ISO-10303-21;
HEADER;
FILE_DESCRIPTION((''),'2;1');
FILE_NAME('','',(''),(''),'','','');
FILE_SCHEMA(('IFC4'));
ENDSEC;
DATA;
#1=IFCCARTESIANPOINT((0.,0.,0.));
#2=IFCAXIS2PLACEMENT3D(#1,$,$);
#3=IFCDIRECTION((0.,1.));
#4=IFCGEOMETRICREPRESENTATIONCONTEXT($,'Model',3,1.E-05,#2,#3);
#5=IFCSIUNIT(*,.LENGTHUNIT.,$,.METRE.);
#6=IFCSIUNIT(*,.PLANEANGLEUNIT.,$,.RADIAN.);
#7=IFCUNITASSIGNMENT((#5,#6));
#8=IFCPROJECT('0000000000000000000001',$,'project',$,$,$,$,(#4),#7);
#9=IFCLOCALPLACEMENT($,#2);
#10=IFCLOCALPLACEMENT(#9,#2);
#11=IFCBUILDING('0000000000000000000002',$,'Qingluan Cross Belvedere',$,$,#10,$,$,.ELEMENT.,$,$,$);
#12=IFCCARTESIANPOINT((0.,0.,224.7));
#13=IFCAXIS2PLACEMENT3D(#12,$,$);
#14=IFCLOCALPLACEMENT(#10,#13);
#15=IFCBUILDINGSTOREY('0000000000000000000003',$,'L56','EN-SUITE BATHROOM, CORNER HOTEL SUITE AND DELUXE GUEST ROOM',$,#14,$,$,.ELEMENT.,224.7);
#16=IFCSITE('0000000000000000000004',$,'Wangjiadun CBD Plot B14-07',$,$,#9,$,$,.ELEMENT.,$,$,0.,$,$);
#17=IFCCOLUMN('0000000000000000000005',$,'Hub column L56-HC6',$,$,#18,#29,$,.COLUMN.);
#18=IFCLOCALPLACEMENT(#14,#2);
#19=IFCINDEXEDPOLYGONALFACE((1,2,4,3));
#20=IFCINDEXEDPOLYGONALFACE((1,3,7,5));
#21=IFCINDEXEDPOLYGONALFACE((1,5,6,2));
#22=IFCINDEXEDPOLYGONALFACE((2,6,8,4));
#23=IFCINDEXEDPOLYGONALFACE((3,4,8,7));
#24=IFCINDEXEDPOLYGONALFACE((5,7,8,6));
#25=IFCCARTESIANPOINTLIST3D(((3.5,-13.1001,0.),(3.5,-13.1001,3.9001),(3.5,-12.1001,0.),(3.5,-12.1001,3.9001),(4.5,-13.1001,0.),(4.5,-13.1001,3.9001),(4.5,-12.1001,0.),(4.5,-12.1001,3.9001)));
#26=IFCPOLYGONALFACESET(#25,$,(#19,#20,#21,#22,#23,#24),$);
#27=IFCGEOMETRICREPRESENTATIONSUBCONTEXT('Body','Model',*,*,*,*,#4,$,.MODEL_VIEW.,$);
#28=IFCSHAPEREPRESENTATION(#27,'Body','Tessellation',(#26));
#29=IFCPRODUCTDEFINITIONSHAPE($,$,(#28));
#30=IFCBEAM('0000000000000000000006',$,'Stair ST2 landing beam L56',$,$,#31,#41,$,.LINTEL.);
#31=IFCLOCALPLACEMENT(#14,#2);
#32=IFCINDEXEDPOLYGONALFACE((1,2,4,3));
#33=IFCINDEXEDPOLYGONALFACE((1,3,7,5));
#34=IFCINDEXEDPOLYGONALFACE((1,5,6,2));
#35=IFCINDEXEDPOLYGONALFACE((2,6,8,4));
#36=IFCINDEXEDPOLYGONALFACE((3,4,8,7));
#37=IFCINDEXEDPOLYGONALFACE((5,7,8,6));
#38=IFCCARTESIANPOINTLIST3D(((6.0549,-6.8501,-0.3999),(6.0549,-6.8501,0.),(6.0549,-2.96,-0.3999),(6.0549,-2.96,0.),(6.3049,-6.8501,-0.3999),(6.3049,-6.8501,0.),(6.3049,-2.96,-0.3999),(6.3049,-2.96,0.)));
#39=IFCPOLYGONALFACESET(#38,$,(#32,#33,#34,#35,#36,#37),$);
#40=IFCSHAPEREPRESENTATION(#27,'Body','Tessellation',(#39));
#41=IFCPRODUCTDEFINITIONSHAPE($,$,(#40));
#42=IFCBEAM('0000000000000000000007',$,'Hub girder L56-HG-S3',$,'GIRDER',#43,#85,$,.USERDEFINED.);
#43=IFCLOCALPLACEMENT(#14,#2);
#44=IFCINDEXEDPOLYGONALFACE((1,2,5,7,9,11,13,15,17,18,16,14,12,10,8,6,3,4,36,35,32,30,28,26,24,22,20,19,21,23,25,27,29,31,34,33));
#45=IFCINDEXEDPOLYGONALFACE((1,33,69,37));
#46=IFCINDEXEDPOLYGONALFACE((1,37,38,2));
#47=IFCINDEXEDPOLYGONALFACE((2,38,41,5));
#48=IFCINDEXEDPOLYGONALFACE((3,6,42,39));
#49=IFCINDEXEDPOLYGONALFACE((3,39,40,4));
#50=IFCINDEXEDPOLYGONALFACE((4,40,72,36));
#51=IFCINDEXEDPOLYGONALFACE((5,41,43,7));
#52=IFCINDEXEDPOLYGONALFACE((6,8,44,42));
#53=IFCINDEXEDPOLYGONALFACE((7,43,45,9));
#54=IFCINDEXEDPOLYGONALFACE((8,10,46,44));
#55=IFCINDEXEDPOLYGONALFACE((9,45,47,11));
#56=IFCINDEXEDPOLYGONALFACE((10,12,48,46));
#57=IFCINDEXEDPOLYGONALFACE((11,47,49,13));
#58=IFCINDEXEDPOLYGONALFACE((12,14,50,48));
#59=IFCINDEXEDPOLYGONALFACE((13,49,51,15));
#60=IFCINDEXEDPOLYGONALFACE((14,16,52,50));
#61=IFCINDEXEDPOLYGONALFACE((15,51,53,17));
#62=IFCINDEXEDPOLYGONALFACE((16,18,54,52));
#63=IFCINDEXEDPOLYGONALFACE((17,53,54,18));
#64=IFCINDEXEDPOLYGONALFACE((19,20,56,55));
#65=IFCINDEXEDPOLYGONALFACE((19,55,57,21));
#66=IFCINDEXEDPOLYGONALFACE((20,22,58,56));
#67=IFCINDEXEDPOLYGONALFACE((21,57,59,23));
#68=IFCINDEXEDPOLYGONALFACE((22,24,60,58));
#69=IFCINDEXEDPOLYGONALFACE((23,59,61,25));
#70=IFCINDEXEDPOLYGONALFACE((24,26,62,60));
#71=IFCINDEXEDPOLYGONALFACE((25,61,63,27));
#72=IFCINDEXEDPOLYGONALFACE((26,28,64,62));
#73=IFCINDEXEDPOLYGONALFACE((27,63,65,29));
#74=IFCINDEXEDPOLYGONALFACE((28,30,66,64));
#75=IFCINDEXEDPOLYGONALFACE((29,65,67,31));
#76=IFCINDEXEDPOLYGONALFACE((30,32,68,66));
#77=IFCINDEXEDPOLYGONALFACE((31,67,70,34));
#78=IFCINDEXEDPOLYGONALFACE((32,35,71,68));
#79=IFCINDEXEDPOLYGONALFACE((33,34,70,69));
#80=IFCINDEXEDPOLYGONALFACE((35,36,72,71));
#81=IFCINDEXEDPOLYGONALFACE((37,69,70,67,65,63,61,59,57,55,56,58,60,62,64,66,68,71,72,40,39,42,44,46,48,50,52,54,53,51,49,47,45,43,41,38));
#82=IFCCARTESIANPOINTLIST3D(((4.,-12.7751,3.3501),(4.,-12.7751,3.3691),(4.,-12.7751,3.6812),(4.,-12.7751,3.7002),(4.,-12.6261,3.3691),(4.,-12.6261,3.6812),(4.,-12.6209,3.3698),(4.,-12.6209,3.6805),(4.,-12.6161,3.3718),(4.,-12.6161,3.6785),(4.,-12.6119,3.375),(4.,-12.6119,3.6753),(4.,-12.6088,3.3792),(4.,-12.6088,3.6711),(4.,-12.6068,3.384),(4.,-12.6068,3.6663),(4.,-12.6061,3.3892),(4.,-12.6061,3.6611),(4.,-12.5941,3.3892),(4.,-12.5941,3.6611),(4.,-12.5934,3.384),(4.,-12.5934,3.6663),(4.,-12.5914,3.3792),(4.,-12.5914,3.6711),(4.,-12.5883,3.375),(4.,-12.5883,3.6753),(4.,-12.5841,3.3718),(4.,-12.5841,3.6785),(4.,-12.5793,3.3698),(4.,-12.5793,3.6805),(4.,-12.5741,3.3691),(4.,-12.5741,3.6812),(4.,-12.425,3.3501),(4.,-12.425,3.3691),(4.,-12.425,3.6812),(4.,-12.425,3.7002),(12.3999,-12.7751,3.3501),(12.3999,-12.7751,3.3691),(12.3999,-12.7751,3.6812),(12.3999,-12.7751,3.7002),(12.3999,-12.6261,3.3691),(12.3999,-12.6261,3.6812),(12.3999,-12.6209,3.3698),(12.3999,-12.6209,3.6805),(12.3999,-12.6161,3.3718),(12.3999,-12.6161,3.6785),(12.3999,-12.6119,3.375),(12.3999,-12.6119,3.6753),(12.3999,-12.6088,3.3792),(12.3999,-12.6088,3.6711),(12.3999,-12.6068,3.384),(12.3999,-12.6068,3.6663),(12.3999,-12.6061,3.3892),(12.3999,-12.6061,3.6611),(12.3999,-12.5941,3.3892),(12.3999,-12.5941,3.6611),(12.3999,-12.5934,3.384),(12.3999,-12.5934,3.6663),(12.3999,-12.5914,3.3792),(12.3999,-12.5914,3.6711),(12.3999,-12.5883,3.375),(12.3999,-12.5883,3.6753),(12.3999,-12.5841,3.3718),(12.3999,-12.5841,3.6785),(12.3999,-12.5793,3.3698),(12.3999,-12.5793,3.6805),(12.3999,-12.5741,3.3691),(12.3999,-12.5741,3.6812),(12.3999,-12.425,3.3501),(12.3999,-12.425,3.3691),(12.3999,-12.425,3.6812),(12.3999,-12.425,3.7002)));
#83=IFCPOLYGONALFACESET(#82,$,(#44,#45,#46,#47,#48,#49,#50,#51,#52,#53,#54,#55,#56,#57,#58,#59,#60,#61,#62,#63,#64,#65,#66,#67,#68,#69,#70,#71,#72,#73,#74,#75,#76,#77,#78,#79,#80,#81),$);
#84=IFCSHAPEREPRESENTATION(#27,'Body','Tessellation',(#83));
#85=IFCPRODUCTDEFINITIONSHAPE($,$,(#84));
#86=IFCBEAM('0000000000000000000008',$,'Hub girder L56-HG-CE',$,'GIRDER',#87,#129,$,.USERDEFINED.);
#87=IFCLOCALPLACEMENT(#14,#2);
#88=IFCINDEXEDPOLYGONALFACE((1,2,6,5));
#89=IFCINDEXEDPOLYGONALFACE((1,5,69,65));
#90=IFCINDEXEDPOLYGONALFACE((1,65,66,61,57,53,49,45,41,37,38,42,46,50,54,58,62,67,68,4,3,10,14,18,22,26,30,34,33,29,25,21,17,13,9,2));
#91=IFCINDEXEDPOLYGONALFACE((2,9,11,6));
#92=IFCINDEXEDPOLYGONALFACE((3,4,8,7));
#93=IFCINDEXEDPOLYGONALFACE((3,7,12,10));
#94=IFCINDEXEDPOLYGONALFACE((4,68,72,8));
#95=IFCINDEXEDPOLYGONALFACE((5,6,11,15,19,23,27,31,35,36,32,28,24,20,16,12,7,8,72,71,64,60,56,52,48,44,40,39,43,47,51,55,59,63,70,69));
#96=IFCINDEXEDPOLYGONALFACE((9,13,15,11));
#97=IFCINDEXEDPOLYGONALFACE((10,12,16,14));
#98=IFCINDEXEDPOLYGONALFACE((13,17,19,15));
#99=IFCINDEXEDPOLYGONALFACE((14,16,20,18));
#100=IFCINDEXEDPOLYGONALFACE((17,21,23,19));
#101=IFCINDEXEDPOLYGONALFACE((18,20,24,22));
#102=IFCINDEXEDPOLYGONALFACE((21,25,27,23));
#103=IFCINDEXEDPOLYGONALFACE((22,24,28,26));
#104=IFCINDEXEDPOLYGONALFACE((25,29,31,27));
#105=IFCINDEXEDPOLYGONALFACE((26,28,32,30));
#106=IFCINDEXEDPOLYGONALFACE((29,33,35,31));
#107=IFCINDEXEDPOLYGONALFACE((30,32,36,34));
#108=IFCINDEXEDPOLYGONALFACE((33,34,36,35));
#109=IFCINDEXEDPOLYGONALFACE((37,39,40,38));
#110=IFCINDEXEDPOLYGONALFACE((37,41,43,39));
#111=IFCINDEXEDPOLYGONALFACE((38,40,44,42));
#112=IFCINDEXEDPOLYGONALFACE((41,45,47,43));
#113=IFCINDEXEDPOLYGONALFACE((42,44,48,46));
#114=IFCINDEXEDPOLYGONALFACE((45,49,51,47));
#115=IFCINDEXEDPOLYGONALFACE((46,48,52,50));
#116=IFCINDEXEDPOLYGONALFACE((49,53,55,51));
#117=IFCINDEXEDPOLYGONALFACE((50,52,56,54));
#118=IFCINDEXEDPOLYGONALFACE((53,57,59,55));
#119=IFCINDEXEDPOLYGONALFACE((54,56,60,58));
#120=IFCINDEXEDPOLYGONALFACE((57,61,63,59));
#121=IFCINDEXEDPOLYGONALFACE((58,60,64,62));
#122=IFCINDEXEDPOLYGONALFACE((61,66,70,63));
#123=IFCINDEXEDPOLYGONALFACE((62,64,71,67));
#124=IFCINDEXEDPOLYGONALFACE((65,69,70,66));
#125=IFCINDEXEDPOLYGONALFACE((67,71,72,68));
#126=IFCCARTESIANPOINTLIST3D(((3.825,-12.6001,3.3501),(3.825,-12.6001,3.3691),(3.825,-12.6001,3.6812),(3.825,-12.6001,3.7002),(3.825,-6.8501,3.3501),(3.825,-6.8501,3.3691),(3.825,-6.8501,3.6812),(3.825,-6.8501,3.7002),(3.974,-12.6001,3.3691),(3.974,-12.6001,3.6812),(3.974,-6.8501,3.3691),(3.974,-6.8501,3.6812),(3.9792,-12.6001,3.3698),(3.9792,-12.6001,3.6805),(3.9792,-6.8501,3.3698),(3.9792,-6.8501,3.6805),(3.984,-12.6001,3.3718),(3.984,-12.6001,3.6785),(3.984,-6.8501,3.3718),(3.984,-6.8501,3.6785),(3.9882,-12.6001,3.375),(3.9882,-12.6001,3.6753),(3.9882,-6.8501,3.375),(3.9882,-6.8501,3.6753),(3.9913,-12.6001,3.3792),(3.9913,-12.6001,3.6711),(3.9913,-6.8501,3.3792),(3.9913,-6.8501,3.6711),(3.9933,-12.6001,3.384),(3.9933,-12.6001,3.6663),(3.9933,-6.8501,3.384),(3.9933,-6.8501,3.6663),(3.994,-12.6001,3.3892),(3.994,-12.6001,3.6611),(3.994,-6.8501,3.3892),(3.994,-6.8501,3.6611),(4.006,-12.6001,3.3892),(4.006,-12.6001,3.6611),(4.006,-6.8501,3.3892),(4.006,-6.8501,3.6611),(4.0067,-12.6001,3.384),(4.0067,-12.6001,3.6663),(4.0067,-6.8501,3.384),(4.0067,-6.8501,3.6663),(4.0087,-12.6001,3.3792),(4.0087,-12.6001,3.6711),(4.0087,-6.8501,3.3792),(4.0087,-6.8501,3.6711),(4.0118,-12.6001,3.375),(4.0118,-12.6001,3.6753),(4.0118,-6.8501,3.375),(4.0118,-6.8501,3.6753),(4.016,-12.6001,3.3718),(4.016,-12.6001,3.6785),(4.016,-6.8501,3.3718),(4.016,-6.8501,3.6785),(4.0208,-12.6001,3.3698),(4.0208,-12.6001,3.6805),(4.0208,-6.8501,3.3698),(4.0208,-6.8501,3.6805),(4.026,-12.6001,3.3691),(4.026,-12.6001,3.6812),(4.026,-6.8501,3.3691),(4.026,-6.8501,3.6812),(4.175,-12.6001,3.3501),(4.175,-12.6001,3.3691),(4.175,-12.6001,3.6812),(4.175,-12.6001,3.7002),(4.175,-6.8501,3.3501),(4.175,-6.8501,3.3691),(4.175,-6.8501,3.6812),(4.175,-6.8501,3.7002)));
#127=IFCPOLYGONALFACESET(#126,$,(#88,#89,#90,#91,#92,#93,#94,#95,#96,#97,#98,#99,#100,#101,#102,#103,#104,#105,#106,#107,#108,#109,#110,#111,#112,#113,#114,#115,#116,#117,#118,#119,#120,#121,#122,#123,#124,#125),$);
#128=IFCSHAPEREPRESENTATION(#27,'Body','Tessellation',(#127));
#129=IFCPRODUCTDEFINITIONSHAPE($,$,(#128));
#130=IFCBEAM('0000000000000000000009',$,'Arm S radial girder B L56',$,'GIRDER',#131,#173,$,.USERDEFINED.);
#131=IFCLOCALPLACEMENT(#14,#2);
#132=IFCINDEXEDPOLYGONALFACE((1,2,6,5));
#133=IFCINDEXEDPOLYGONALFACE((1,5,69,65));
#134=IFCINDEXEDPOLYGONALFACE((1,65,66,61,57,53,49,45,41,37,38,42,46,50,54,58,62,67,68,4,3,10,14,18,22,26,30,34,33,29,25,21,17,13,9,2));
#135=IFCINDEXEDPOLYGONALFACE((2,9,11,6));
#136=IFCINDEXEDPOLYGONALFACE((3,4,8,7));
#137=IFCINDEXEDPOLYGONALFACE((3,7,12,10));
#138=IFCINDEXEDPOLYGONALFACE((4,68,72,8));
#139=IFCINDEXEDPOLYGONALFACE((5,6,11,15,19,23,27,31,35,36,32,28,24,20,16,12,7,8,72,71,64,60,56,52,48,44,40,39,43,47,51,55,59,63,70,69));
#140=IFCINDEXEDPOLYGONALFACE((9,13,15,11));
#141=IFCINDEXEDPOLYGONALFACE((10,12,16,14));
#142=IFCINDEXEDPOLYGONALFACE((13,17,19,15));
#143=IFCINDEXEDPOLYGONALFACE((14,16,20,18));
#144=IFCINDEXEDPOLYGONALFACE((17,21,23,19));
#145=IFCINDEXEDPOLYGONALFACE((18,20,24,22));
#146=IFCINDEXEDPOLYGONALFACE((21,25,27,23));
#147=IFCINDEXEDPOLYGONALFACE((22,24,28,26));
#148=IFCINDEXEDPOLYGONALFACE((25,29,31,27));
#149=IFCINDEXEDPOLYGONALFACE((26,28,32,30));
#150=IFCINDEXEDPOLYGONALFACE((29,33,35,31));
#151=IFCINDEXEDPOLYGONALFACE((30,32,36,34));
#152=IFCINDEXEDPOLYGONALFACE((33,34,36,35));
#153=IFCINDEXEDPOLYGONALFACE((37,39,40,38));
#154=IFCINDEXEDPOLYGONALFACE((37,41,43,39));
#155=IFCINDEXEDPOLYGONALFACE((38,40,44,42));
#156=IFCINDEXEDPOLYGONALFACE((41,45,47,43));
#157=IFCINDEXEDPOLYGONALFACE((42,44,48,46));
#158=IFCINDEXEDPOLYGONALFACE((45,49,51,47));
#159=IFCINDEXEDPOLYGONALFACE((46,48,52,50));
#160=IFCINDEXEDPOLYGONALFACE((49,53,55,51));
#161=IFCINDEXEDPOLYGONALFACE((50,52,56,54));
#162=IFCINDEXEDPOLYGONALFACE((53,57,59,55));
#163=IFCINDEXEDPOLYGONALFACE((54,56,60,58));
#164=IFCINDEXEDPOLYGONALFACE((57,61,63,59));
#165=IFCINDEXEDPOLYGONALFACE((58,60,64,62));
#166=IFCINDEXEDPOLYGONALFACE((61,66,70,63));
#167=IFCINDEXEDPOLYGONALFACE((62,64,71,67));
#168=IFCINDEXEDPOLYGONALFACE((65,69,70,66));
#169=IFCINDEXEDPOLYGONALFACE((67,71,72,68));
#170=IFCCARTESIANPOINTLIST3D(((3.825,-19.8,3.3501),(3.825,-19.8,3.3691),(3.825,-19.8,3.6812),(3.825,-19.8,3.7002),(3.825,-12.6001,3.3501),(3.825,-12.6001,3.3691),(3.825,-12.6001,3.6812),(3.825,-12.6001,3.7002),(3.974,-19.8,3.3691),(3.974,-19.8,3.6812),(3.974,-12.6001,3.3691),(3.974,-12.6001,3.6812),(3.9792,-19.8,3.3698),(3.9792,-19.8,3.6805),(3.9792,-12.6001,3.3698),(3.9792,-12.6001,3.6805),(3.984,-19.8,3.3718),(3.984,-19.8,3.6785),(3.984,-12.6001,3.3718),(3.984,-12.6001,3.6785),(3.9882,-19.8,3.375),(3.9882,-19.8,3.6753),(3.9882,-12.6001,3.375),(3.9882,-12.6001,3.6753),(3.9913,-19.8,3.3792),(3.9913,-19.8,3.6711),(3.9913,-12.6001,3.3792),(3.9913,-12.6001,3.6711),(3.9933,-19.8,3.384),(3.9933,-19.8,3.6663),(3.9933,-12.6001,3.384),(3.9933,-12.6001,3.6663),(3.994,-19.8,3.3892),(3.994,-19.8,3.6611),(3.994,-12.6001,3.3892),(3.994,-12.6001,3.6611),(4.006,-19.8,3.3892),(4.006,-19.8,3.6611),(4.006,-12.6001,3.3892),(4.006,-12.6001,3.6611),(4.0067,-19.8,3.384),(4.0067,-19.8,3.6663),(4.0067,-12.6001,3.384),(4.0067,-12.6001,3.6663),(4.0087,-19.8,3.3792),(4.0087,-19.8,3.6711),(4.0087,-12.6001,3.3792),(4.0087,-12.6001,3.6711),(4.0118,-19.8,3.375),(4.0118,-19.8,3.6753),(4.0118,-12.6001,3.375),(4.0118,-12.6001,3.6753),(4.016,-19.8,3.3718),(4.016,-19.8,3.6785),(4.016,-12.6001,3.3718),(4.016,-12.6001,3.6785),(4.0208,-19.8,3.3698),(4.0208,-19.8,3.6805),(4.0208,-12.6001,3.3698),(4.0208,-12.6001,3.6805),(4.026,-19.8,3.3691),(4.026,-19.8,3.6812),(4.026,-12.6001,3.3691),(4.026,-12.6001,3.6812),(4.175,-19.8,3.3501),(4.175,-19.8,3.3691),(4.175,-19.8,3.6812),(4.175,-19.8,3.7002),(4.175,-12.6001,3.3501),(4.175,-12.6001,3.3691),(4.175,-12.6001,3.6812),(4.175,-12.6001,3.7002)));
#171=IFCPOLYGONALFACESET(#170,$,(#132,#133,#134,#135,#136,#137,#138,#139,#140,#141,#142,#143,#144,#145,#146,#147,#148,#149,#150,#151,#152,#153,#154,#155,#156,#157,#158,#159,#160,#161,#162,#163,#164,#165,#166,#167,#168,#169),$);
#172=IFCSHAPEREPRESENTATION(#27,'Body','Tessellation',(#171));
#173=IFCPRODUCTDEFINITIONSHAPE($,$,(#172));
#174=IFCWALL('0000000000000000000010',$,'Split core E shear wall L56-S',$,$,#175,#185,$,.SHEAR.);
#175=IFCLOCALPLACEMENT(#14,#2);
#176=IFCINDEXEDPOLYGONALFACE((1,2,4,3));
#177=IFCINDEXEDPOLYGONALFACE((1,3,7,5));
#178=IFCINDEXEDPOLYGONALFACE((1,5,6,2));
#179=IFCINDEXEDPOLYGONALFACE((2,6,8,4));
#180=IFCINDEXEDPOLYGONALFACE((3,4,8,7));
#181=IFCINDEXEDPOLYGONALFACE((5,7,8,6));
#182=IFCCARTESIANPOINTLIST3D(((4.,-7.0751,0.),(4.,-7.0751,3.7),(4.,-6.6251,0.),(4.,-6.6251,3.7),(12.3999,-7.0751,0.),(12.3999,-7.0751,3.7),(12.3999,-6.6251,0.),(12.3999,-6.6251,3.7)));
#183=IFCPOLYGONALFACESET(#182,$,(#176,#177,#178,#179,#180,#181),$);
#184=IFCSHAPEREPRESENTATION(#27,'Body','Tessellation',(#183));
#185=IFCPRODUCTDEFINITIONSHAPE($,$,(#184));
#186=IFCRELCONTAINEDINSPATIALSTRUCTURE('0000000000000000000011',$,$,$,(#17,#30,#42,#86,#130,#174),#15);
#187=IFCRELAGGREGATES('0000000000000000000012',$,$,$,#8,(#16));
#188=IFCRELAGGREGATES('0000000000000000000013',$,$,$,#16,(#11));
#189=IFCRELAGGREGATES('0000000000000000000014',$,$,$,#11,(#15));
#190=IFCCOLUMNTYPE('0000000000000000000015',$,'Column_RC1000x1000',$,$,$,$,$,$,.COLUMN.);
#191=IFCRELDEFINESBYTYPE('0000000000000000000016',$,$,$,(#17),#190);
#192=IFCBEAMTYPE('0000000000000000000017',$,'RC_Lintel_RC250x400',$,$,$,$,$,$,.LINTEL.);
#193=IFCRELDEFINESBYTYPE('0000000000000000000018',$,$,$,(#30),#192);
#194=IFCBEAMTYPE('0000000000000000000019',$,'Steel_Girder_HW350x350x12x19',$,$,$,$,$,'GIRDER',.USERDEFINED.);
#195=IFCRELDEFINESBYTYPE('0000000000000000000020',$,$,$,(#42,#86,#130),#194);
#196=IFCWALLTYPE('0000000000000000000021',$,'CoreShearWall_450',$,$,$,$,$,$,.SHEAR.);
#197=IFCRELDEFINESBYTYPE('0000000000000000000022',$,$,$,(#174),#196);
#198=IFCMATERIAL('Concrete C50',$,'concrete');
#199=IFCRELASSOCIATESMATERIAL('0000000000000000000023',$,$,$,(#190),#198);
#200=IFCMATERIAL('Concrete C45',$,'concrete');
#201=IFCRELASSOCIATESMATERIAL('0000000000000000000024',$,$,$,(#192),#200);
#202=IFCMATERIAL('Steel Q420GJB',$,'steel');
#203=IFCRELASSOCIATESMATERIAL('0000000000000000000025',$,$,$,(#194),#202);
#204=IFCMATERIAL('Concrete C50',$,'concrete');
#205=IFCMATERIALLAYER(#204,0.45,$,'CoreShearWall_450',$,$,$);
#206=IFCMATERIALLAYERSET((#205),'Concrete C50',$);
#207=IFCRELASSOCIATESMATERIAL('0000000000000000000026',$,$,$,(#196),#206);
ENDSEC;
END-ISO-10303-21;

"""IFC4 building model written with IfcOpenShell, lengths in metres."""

from ifc_helpers import new_model, si_unit, direction, frame, frame_2d, origin, origin_2d, place, context, subcontext, project, spatial, rectangle, i_section, extrude, material, layer, layer_set, material_profile, profile_set, type_object, element, save


model = new_model("IFC4")

# Units and contexts
model_context = context("Model", 3, precision=1e-05, world=origin(), true_north=direction((0.0, 1.0)))
body_context = subcontext(model_context, "Body", "Model", "MODEL_VIEW")
ifc_project = project(units=[si_unit("LENGTHUNIT", "METRE"), si_unit("PLANEANGLEUNIT", "RADIAN")], contexts=[model_context])

# Site, building, storey
site_placement = place(None, origin())
site = spatial("IfcSite", under=ifc_project, at=site_placement, Name="Wangjiadun CBD Plot B14-07", CompositionType="ELEMENT", RefElevation=0.0)
building_placement = place(site_placement, origin())
building = spatial("IfcBuilding", under=site, at=building_placement, Name="Qingluan Cross Belvedere", CompositionType="ELEMENT")
storey_placement = place(building_placement, frame((0.0, 0.0, 224.7)))
storey = spatial("IfcBuildingStorey", under=building, at=storey_placement, Name="L56", Description="EN-SUITE BATHROOM, CORNER HOTEL SUITE AND DELUXE GUEST ROOM", CompositionType="ELEMENT", Elevation=224.7)

# Column
ifc_material_1 = material(Name="Concrete C50", Category="concrete")
ifc_material_profile_1 = material_profile(ifc_material_1, rectangle(XDim=1.0, YDim=1.0, at=origin_2d()), Name="RC1000x1000")
ifc_profile_set_1 = profile_set([ifc_material_profile_1], Name="Concrete C50")
column_type = type_object("IfcColumnType", Name="Column_RC1000x1000", PredefinedType="COLUMN", material=ifc_profile_set_1)
column_placement = place(storey_placement, frame((4.0, -12.6001, 0.0), z_axis=(0.0, 0.0, 1.0), x_axis=(1.0, 0.0, 0.0)))
element("IfcColumn", 1, at=column_placement, inside=storey, type_object=column_type, Name="Hub column L56-HC6", PredefinedType="COLUMN", context=body_context, shape_type="SweptSolid", body=[
    extrude(rectangle(XDim=1.0, YDim=1.0, at=origin_2d()), origin(), (0.0, 0.0, 1.0), 3.9001),
])

# Beams
ifc_material_2 = material(Name="Concrete C45", Category="concrete")
ifc_material_profile_2 = material_profile(ifc_material_2, rectangle(XDim=0.25, YDim=0.3999, at=origin_2d()), Name="RC250x400")
ifc_profile_set_2 = profile_set([ifc_material_profile_2], Name="Concrete C45")
beam_type_1 = type_object("IfcBeamType", Name="RC_Lintel_RC250x400", PredefinedType="LINTEL", material=ifc_profile_set_2)
beam_1_placement = place(storey_placement, frame((6.1799, -6.8501, -0.2), z_axis=(0.0, 1.0, 0.0), x_axis=(-1.0, 0.0, 0.0)))
element("IfcBeam", 2, at=beam_1_placement, inside=storey, type_object=beam_type_1, Name="Stair ST2 landing beam L56", PredefinedType="LINTEL", context=body_context, shape_type="SweptSolid", body=[
    extrude(rectangle(XDim=0.25, YDim=0.3999, at=origin_2d()), origin(), (0.0, 0.0, 1.0), 3.8901),
])
ifc_material_3 = material(Name="Steel Q420GJB", Category="steel")
ifc_material_profile_3 = material_profile(ifc_material_3, i_section(OverallWidth=0.3501, OverallDepth=0.3501, WebThickness=0.012, FlangeThickness=0.019, FilletRadius=0.02, at=origin_2d()), Name="HW350x350x12x19")
ifc_profile_set_3 = profile_set([ifc_material_profile_3], Name="Steel Q420GJB")
beam_type_2 = type_object("IfcBeamType", Name="Steel_Girder_HW350x350x12x19", ElementType="GIRDER", PredefinedType="USERDEFINED", material=ifc_profile_set_3)
beam_2_placement = place(storey_placement, frame((4.0, -12.6001, 3.5251), z_axis=(1.0, 0.0, 0.0), x_axis=(0.0, 1.0, 0.0)))
element("IfcBeam", 3, at=beam_2_placement, inside=storey, type_object=beam_type_2, Name="Hub girder L56-HG-S3", ObjectType="GIRDER", PredefinedType="USERDEFINED", context=body_context, shape_type="SweptSolid", body=[
    extrude(i_section(OverallWidth=0.3501, OverallDepth=0.3501, WebThickness=0.012, FlangeThickness=0.019, FilletRadius=0.02, at=origin_2d()), origin(), (0.0, 0.0, 1.0), 8.3999),
])
beam_3_placement = place(storey_placement, frame((4.0, -12.6001, 3.5251), z_axis=(0.0, 1.0, 0.0), x_axis=(-1.0, 0.0, 0.0)))
element("IfcBeam", 4, at=beam_3_placement, inside=storey, type_object=beam_type_2, Name="Hub girder L56-HG-CE", ObjectType="GIRDER", PredefinedType="USERDEFINED", context=body_context, shape_type="SweptSolid", body=[
    extrude(i_section(OverallWidth=0.3501, OverallDepth=0.3501, WebThickness=0.012, FlangeThickness=0.019, FilletRadius=0.02, at=origin_2d()), origin(), (0.0, 0.0, 1.0), 5.75),
])
beam_4_placement = place(storey_placement, frame((4.0, -12.6001, 3.5251), z_axis=(0.0, -1.0, 0.0), x_axis=(1.0, 0.0, 0.0)))
element("IfcBeam", 5, at=beam_4_placement, inside=storey, type_object=beam_type_2, Name="Arm S radial girder B L56", ObjectType="GIRDER", PredefinedType="USERDEFINED", context=body_context, shape_type="SweptSolid", body=[
    extrude(i_section(OverallWidth=0.3501, OverallDepth=0.3501, WebThickness=0.012, FlangeThickness=0.019, FilletRadius=0.02, at=origin_2d()), origin(), (0.0, 0.0, 1.0), 7.2),
])

# Wall
ifc_material_4 = material(Name="Concrete C50", Category="concrete")
ifc_layer_1 = layer(ifc_material_4, 0.45, Name="CoreShearWall_450")
ifc_layer_set_1 = layer_set([ifc_layer_1], Name="Concrete C50")
wall_type_1 = type_object("IfcWallType", Name="CoreShearWall_450", PredefinedType="SHEAR", material=ifc_layer_set_1)
wall_1_placement = place(storey_placement, frame((4.0, -6.8501, 0.0), z_axis=(0.0, 0.0, 1.0), x_axis=(1.0, 0.0, 0.0)))
element("IfcWall", 6, at=wall_1_placement, inside=storey, type_object=wall_type_1, Name="Split core E shear wall L56-S", PredefinedType="SHEAR", context=body_context, shape_type="SweptSolid", body=[
    extrude(rectangle(XDim=8.3999, YDim=0.45, at=frame_2d((4.2, 0.0))), origin(), (0.0, 0.0, 1.0), 3.7),
])

save(model, "model.ifc")
